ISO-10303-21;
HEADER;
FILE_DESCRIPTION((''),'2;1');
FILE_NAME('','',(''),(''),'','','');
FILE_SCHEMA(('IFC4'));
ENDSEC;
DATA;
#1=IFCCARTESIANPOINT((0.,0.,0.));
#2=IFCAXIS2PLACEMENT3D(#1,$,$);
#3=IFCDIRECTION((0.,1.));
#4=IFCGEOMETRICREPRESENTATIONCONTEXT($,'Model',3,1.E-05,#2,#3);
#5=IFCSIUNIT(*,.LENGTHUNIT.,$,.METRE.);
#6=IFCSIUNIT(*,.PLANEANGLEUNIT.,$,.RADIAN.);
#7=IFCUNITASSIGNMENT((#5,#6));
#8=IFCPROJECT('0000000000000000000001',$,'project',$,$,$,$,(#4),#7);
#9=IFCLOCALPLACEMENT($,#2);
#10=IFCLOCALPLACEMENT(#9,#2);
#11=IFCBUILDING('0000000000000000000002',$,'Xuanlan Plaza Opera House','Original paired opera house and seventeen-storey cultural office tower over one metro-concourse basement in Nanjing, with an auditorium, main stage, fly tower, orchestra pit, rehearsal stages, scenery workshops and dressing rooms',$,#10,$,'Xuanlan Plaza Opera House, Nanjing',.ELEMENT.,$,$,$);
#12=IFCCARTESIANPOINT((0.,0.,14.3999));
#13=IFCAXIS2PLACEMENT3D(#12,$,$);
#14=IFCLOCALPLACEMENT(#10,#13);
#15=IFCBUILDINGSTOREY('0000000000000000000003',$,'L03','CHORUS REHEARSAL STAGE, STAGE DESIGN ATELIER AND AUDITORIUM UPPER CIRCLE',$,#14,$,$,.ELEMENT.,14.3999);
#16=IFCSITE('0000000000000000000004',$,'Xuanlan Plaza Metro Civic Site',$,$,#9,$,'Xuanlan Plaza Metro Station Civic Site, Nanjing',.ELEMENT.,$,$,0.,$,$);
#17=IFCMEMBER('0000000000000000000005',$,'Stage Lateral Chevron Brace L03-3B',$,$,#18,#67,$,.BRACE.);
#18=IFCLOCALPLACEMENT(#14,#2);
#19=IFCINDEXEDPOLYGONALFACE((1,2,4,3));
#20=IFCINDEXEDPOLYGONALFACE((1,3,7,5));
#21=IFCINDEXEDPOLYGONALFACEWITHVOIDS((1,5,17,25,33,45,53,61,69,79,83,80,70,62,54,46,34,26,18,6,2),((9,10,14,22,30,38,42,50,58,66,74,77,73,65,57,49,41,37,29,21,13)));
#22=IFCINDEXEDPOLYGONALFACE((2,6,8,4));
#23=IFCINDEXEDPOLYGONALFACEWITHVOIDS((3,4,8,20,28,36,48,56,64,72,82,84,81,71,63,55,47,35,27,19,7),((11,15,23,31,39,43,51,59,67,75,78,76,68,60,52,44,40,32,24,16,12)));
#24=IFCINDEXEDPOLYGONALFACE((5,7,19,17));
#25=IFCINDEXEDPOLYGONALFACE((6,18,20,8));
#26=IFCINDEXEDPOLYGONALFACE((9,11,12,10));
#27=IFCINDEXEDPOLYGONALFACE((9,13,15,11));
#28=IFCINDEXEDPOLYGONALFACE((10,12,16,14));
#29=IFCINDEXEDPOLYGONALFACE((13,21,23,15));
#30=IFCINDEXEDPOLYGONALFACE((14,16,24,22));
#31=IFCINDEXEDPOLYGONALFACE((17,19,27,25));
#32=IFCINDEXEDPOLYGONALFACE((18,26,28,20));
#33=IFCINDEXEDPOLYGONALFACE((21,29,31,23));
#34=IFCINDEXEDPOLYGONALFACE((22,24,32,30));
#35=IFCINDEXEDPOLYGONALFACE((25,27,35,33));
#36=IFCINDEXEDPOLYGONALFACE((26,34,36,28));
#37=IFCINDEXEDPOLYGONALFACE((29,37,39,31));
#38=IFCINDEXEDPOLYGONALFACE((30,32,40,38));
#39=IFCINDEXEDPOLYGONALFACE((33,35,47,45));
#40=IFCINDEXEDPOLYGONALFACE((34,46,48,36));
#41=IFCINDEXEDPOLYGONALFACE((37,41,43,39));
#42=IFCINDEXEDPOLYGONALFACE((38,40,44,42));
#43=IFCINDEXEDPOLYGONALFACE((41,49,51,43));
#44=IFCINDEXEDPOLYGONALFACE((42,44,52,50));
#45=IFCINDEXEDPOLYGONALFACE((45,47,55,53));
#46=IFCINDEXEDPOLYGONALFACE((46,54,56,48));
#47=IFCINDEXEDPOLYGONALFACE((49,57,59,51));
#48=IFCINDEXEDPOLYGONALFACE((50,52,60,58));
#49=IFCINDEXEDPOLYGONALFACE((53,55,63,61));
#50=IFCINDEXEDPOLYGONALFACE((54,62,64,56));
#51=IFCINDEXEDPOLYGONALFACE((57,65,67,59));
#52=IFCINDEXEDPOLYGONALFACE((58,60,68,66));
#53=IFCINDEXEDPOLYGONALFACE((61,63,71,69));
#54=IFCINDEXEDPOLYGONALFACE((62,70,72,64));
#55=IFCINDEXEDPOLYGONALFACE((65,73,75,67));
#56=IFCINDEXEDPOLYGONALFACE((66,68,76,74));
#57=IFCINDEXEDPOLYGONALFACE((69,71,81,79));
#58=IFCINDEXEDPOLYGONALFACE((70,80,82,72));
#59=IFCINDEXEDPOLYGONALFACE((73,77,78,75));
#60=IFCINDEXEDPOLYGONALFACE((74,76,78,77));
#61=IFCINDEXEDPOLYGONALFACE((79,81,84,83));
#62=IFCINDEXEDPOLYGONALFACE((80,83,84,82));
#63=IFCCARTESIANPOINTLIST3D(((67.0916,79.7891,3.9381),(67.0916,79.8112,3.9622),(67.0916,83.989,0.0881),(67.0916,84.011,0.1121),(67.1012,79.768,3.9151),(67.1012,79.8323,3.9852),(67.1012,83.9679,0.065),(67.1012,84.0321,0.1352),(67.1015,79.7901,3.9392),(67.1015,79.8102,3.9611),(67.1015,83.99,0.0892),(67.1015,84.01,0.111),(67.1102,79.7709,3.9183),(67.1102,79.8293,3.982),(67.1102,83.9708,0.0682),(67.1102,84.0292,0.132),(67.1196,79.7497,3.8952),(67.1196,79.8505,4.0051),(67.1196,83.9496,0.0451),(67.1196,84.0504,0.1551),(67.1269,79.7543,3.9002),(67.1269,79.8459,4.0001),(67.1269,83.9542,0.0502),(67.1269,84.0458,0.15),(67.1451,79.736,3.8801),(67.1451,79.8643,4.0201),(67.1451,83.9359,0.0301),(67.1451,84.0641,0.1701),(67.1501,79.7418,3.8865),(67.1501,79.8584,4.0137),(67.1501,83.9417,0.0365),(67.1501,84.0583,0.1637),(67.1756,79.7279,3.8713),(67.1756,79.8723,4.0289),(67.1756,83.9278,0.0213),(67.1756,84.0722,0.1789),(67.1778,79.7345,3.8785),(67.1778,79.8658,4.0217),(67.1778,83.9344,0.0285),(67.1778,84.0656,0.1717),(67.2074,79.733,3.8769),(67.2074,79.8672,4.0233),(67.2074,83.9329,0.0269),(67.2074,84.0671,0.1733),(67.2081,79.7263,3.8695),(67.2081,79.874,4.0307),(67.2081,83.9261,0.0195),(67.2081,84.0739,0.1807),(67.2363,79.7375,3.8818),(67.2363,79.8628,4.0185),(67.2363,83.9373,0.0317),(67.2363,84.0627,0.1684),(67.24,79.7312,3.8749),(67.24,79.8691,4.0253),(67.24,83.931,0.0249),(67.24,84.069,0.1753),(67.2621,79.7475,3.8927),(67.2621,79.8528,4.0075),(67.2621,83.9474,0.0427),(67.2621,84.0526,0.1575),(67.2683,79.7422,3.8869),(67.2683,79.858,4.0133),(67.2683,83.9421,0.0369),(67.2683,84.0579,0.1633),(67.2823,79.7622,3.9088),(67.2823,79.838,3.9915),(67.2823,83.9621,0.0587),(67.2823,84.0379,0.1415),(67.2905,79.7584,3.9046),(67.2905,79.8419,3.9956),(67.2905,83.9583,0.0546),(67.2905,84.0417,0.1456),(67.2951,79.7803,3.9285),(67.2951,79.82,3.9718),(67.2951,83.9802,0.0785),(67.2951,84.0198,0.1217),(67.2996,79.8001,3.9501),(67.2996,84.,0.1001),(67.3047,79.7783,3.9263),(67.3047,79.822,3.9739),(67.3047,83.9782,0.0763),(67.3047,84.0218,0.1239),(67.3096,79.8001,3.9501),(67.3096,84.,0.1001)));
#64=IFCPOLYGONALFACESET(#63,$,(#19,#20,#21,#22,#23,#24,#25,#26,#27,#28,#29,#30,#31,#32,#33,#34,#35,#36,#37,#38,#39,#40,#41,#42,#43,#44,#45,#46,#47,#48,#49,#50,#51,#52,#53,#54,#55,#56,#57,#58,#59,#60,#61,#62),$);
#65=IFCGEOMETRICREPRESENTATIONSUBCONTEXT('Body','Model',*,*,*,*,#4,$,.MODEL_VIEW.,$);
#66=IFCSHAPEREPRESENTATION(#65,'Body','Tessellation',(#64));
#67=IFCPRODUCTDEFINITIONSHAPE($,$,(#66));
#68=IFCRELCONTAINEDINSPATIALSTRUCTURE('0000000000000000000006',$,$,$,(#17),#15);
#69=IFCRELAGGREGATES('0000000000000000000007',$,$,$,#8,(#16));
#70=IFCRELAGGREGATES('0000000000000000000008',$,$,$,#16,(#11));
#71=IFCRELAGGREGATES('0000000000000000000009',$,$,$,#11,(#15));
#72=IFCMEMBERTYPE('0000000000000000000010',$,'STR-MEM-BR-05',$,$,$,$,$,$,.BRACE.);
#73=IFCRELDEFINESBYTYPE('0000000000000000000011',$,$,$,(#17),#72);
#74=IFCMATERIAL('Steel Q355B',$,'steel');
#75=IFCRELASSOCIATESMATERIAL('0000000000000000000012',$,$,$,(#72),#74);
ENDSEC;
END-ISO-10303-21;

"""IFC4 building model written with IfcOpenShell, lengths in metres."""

from ifc_helpers import new_model, si_unit, direction, frame, origin, origin_2d, place, context, subcontext, project, spatial, hollow_circle, extrude, material, material_profile, profile_set, type_object, element, save


model = new_model("IFC4")

# Units and contexts
model_context = context("Model", 3, precision=1e-05, world=origin(), true_north=direction((0.0, 1.0)))
body_context = subcontext(model_context, "Body", "Model", "MODEL_VIEW")
ifc_project = project(units=[si_unit("LENGTHUNIT", "METRE"), si_unit("PLANEANGLEUNIT", "RADIAN")], contexts=[model_context])

# Site, building, storey
site_placement = place(None, origin())
site = spatial("IfcSite", under=ifc_project, at=site_placement, Name="Xuanlan Plaza Metro Civic Site", LongName="Xuanlan Plaza Metro Station Civic Site, Nanjing", CompositionType="ELEMENT", RefElevation=0.0)
building_placement = place(site_placement, origin())
building = spatial("IfcBuilding", under=site, at=building_placement, Name="Xuanlan Plaza Opera House", Description="Original paired opera house and seventeen-storey cultural office tower over one metro-concourse basement in Nanjing, with an auditorium, main stage, fly tower, orchestra pit, rehearsal stages, scenery workshops and dressing rooms", LongName="Xuanlan Plaza Opera House, Nanjing", CompositionType="ELEMENT")
storey_placement = place(building_placement, frame((0.0, 0.0, 14.3999)))
storey = spatial("IfcBuildingStorey", under=building, at=storey_placement, Name="L03", Description="CHORUS REHEARSAL STAGE, STAGE DESIGN ATELIER AND AUDITORIUM UPPER CIRCLE", CompositionType="ELEMENT", Elevation=14.3999)

# Shared definitions
ifc_material_1 = material(Name="Steel Q355B", Category="steel")

# Member
ifc_material_profile_1 = material_profile(ifc_material_1, hollow_circle(Radius=0.1096, WallThickness=0.01, at=origin_2d()), Name="CHS 219.1x10")
ifc_profile_set_1 = profile_set([ifc_material_profile_1], Name="Steel Q355B")
member_type = type_object("IfcMemberType", Name="STR-MEM-BR-05", PredefinedType="BRACE", material=ifc_profile_set_1)
member_placement = place(storey_placement, frame((67.2, 84.0, 0.1001), z_axis=(0.0, -0.737142, 0.675738), x_axis=(1.0, 0.0, 0.0)))
element("IfcMember", 1, at=member_placement, inside=storey, type_object=member_type, Name="Stage Lateral Chevron Brace L03-3B", PredefinedType="BRACE", context=body_context, shape_type="SweptSolid", body=[
    extrude(hollow_circle(Radius=0.1096, WallThickness=0.01, at=origin_2d()), origin(), (0.0, 0.0, 1.0), 5.6975),
])

save(model, "model.ifc")
